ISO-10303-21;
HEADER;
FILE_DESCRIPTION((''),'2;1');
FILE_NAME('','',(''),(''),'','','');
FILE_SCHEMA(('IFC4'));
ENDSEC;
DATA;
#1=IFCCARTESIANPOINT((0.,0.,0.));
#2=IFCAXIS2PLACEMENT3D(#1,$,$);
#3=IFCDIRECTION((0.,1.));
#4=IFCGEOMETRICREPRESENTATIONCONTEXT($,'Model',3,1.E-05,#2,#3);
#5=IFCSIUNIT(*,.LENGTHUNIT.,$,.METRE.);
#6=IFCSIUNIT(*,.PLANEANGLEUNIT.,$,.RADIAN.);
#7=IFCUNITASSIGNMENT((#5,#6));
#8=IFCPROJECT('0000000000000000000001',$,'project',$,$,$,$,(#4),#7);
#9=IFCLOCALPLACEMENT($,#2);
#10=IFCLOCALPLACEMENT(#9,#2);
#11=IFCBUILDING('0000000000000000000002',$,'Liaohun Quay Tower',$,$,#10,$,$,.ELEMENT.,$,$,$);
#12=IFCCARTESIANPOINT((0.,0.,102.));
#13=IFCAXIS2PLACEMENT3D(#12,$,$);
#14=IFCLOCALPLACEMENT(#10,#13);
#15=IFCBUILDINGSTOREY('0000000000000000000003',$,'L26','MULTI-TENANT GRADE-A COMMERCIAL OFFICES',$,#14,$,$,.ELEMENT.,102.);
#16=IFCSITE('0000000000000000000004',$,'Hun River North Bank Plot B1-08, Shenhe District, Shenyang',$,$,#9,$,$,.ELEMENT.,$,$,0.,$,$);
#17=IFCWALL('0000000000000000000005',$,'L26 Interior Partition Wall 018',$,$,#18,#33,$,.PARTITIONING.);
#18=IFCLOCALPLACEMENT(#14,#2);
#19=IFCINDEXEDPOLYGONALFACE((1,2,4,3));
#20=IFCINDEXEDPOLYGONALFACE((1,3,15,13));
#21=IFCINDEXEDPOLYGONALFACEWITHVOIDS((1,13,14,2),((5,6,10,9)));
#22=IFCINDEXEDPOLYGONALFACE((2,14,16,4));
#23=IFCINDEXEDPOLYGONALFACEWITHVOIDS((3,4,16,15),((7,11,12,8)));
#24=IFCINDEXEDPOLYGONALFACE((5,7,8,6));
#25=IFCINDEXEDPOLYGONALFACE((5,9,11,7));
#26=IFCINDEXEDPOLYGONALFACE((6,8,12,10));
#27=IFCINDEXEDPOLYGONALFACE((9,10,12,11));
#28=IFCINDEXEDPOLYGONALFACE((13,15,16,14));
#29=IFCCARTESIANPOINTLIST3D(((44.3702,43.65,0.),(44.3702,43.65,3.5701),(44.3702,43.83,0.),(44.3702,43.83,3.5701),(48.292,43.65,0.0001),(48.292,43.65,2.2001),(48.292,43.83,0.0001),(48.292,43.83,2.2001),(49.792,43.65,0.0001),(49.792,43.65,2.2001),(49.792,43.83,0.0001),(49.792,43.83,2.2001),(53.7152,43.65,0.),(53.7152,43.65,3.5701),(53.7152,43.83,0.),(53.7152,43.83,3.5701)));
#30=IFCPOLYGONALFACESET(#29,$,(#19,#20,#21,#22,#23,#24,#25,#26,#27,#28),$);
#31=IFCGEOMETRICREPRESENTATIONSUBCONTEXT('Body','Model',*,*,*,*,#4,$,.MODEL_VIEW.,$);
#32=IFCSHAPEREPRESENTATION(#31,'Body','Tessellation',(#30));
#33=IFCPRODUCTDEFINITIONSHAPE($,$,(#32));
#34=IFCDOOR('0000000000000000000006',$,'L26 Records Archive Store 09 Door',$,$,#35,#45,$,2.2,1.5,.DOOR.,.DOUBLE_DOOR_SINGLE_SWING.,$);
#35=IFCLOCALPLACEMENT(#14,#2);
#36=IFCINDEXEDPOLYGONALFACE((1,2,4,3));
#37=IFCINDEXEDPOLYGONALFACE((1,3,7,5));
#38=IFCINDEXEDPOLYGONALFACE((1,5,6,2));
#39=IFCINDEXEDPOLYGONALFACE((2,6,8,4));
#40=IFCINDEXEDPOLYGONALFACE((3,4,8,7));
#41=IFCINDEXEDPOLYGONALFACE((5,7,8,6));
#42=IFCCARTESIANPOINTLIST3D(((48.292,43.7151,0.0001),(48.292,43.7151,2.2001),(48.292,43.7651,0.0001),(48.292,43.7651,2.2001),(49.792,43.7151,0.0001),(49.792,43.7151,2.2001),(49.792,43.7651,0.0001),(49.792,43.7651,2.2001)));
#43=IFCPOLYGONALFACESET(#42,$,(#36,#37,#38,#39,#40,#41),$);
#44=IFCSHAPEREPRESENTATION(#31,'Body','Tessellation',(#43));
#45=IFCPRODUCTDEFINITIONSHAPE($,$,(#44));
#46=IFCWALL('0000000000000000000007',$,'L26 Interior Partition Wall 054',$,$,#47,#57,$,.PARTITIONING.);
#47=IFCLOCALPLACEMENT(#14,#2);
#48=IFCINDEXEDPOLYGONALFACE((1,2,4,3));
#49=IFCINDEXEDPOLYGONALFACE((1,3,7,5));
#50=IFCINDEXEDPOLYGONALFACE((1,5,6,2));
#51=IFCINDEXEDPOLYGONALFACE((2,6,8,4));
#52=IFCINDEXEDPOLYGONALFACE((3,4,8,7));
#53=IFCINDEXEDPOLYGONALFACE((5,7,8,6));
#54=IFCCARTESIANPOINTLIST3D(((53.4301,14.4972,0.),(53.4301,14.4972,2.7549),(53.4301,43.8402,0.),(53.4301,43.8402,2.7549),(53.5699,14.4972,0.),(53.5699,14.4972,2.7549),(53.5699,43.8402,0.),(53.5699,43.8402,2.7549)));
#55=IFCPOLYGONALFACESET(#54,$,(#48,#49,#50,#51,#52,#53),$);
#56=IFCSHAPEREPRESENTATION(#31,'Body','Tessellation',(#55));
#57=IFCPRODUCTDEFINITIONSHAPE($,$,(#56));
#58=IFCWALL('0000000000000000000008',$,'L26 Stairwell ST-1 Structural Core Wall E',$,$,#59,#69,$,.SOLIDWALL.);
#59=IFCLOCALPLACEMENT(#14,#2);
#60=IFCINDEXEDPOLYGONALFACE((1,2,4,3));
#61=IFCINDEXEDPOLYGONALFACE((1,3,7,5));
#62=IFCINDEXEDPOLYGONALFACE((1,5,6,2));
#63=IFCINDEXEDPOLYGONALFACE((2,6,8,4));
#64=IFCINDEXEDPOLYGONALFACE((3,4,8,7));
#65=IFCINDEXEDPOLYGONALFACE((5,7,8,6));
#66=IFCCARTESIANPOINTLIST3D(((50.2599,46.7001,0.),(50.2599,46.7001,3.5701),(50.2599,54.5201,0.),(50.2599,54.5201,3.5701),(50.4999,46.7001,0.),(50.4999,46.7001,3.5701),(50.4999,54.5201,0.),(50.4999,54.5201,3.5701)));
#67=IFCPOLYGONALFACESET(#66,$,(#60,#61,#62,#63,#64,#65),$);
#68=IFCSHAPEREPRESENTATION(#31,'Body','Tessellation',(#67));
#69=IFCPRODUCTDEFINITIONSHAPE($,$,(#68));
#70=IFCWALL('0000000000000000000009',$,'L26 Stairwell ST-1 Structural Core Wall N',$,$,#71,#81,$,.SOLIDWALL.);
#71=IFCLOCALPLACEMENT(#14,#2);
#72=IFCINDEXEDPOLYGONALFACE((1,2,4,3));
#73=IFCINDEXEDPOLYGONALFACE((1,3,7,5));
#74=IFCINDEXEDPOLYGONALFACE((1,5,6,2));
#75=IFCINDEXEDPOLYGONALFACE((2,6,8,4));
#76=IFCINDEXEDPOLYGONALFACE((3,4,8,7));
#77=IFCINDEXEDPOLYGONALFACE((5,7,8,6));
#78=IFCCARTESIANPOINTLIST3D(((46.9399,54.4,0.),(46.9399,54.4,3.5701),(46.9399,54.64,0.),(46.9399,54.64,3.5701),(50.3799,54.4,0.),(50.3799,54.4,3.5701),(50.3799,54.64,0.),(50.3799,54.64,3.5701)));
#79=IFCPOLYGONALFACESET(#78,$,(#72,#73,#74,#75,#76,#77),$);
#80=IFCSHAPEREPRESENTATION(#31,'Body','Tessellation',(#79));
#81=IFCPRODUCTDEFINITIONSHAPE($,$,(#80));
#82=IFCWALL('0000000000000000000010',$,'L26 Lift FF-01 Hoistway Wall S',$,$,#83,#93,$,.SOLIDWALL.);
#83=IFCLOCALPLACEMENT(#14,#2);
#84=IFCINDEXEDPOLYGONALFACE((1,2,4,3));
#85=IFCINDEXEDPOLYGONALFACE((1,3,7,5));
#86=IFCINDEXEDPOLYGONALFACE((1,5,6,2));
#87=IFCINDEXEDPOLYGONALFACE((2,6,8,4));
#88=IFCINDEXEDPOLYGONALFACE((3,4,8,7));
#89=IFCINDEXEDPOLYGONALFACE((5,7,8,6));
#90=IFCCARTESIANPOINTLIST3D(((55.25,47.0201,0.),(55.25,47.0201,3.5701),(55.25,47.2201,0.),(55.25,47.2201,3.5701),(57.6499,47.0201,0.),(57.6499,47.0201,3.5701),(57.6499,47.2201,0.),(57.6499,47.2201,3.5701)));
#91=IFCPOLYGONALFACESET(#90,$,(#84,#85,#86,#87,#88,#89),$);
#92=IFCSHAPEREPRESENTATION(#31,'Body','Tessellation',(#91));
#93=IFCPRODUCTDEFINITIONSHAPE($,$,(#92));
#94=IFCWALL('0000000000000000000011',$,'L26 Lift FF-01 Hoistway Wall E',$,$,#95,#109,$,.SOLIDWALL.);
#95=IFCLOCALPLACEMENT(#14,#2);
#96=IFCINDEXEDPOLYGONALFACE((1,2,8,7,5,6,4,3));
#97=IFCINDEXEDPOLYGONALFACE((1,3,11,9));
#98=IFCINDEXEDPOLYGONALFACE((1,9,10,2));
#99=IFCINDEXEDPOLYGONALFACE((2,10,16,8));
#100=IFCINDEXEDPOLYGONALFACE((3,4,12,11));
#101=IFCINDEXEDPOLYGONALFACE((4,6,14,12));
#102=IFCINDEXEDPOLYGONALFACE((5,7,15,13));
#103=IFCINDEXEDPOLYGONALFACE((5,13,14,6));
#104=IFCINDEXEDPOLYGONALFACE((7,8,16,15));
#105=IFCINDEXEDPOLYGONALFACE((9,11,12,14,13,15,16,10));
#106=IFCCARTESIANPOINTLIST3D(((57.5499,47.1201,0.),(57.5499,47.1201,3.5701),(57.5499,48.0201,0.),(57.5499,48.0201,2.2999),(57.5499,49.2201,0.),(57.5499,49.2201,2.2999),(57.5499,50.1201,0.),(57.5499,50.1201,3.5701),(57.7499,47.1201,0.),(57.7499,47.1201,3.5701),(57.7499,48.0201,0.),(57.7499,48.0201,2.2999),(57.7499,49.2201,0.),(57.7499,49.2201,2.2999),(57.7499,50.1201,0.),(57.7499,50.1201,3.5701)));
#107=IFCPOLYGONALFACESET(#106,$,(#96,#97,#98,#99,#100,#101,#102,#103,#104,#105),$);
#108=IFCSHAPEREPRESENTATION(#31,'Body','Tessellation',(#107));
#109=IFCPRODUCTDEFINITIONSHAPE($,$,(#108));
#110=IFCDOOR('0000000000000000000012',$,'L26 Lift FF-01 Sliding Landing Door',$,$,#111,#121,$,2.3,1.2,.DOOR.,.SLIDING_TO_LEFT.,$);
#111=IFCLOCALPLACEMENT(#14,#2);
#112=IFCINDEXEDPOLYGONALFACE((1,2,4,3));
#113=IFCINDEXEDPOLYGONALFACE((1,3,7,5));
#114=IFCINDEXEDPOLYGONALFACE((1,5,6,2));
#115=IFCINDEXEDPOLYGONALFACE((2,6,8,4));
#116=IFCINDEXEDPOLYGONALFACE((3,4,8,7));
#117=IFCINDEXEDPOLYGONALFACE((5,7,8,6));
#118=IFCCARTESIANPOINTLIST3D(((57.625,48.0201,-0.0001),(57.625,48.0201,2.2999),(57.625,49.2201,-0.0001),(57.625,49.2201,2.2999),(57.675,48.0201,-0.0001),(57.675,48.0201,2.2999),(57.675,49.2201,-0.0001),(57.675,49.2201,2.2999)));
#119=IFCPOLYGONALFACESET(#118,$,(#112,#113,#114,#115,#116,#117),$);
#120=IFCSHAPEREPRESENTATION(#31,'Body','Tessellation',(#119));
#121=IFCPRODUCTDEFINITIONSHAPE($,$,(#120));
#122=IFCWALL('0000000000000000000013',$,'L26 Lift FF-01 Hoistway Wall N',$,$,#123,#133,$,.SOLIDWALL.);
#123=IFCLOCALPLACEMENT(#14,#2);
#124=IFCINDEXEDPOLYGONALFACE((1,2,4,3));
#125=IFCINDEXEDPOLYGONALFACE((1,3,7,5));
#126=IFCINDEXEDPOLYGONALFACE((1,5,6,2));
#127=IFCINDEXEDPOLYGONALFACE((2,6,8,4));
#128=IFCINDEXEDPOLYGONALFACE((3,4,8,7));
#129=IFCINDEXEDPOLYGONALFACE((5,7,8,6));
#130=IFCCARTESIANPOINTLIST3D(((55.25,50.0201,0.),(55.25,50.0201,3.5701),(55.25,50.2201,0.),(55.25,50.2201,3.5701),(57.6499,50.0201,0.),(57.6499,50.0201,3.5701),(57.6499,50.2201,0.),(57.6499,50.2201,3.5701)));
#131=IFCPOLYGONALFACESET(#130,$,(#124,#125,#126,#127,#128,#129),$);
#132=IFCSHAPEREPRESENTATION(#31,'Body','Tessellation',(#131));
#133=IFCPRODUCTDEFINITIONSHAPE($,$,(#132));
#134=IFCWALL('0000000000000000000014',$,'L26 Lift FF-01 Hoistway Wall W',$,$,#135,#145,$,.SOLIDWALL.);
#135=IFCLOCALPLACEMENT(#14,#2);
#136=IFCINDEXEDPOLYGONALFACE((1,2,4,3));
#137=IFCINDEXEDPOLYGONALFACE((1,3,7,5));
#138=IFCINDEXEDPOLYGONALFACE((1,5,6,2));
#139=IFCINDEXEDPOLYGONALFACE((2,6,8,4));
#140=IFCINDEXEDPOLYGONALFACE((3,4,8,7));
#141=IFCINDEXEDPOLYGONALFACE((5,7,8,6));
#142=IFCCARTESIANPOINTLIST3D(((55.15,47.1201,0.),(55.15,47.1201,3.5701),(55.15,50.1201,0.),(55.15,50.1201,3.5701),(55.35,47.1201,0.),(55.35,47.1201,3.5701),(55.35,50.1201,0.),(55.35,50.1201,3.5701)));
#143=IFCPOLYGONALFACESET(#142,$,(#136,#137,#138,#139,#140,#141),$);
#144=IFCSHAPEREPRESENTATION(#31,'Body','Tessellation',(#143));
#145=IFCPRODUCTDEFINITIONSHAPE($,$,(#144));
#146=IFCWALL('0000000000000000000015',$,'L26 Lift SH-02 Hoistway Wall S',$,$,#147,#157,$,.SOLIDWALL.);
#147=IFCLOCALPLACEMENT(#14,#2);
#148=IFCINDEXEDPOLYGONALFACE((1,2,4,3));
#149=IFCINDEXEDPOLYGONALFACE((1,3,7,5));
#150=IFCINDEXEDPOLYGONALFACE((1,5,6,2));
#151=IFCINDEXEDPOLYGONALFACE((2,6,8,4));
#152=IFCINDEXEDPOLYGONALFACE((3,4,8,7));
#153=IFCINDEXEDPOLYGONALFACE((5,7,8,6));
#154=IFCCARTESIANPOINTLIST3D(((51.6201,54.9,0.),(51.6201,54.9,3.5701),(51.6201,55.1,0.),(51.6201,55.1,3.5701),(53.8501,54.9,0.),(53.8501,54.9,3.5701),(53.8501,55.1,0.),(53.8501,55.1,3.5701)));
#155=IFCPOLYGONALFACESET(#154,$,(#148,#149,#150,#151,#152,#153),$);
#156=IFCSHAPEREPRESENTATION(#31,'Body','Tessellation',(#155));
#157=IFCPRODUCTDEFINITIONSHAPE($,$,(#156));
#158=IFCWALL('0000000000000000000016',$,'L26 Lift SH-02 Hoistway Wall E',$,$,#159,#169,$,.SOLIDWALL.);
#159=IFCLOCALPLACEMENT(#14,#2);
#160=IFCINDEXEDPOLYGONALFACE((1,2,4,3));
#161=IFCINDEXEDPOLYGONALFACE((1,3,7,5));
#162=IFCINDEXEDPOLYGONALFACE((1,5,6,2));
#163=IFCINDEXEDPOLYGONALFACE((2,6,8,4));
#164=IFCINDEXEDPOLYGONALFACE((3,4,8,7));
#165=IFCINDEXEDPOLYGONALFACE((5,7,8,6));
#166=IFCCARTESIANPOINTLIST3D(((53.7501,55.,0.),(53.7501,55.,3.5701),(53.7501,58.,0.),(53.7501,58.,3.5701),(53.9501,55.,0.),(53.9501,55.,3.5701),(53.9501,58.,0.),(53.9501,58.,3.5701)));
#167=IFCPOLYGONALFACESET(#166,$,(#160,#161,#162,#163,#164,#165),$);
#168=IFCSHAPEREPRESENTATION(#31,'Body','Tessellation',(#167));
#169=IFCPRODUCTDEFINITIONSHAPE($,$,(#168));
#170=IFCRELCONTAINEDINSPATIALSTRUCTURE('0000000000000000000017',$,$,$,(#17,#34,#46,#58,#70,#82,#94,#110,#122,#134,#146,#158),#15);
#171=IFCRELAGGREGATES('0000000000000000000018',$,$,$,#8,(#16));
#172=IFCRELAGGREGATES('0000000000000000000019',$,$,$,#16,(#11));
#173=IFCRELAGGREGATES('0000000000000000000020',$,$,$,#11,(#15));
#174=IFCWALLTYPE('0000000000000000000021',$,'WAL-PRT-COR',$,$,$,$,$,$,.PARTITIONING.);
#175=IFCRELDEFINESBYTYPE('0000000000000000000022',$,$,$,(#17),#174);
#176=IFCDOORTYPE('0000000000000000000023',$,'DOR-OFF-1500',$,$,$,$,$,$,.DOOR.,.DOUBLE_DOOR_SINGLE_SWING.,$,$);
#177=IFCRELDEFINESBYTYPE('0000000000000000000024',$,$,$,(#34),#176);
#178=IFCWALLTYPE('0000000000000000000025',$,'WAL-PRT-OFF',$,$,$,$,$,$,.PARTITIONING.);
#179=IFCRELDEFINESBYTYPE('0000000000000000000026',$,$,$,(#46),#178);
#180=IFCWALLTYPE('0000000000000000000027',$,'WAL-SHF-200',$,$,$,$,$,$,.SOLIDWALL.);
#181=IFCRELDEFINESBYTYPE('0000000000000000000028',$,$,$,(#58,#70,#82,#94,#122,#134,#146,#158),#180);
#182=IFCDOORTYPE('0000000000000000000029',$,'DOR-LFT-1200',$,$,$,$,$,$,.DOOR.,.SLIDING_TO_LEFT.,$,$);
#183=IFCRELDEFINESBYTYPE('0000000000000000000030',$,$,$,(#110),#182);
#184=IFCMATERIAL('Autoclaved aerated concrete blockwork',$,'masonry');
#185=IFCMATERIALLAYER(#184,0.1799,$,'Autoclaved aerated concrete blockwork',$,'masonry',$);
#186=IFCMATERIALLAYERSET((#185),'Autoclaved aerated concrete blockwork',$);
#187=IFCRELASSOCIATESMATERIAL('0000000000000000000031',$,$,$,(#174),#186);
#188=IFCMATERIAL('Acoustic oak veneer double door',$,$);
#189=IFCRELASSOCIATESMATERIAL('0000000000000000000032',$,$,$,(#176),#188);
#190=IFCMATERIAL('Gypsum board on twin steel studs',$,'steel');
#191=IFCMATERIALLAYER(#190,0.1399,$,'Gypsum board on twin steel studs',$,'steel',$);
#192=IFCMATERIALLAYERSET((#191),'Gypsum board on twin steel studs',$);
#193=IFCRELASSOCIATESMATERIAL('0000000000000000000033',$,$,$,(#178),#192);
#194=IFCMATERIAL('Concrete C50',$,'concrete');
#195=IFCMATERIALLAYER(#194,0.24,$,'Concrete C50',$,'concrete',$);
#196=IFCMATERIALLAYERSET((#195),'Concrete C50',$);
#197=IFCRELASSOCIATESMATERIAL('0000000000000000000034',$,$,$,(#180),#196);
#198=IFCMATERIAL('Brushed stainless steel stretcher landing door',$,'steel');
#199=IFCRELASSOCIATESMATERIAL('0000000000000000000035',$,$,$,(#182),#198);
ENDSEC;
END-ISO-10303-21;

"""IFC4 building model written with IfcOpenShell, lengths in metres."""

from ifc_helpers import new_model, si_unit, direction, frame, frame_2d, origin, place, context, subcontext, project, spatial, rectangle, extrude, source, transform, mapped, material, layer, layer_set, type_object, element, fill, save


model = new_model("IFC4")

# Units and contexts
model_context = context("Model", 3, precision=1e-05, world=origin(), true_north=direction((0.0, 1.0)))
body_context = subcontext(model_context, "Body", "Model", "MODEL_VIEW")
ifc_project = project(units=[si_unit("LENGTHUNIT", "METRE"), si_unit("PLANEANGLEUNIT", "RADIAN")], contexts=[model_context])

# Site, building, storey
site_placement = place(None, origin())
site = spatial("IfcSite", under=ifc_project, at=site_placement, Name="Hun River North Bank Plot B1-08, Shenhe District, Shenyang", CompositionType="ELEMENT", RefElevation=0.0)
building_placement = place(site_placement, origin())
building = spatial("IfcBuilding", under=site, at=building_placement, Name="Liaohun Quay Tower", CompositionType="ELEMENT")
storey_placement = place(building_placement, frame((0.0, 0.0, 102.0)))
storey = spatial("IfcBuildingStorey", under=building, at=storey_placement, Name="L26", Description="MULTI-TENANT GRADE-A COMMERCIAL OFFICES", CompositionType="ELEMENT", Elevation=102.0)

# Shared definitions
ifc_material_1 = material(Name="Concrete C50", Category="concrete")

# Wall, opening, door
ifc_material_2 = material(Name="Autoclaved aerated concrete blockwork", Category="masonry")
ifc_layer_1 = layer(ifc_material_2, 0.1799, Name="Autoclaved aerated concrete blockwork", Category="masonry")
ifc_layer_set_1 = layer_set([ifc_layer_1], Name="Autoclaved aerated concrete blockwork")
wall_type_1 = type_object("IfcWallType", Name="WAL-PRT-COR", PredefinedType="PARTITIONING", material=ifc_layer_set_1)
wall_1_placement = place(storey_placement, frame((53.7151, 43.74, 0.0), z_axis=(0.0, 0.0, 1.0), x_axis=(-1.0, 0.0, 0.0)))
wall_1 = element("IfcWall", 1, at=wall_1_placement, inside=storey, type_object=wall_type_1, Name="L26 Interior Partition Wall 018", PredefinedType="PARTITIONING", context=body_context, shape_type="SweptSolid", body=[
    extrude(rectangle(XDim=9.345, YDim=0.1799, at=frame_2d((4.6724, 0.0))), origin(), (0.0, 0.0, 1.0), 3.5701),
])
shared_shape_1 = source(origin(), body_context, "Body", "SweptSolid", [
    extrude(rectangle(XDim=1.5, YDim=2.2, at=frame_2d((0.75, 1.1001))), frame((0.0, 0.0999, 0.0), z_axis=(0.0, -1.0, 0.0), x_axis=(1.0, 0.0, 0.0)), (0.0, 0.0, 1.0), 0.2),
])
opening_1_placement = place(wall_1_placement, frame((3.9231, 0.0, 0.0)))
opening_1 = element("IfcOpeningElement", 2, at=opening_1_placement, cuts=wall_1, PredefinedType="OPENING", context=body_context, shape_type="MappedRepresentation", body=[
    mapped(shared_shape_1, transform((0.0, 0.0, 0.0), x_axis=(1.0, 0.0, 0.0), y_axis=(0.0, 1.0, 0.0), z_axis=(0.0, 0.0, 1.0), scale=1.0)),
])
ifc_material_3 = material(Name="Acoustic oak veneer double door")
door_type_1 = type_object("IfcDoorType", Name="DOR-OFF-1500", OperationType="DOUBLE_DOOR_SINGLE_SWING", PredefinedType="DOOR", material=ifc_material_3)
shared_shape_2 = source(origin(), body_context, "Body", "SweptSolid", [
    extrude(rectangle(XDim=1.5, YDim=2.2, at=frame_2d((0.75, 1.1001))), frame((0.0, 0.0249, 0.0), z_axis=(0.0, -1.0, 0.0), x_axis=(1.0, 0.0, 0.0)), (0.0, 0.0, 1.0), 0.05),
])
door_1_placement = place(opening_1_placement, origin())
door_1 = element("IfcDoor", 3, at=door_1_placement, inside=storey, type_object=door_type_1, Name="L26 Records Archive Store 09 Door", OperationType="DOUBLE_DOOR_SINGLE_SWING", OverallHeight=2.2, OverallWidth=1.5, PredefinedType="DOOR", context=body_context, shape_type="MappedRepresentation", body=[
    mapped(shared_shape_2, transform((0.0, 0.0, 0.0), x_axis=(1.0, 0.0, 0.0), y_axis=(0.0, 1.0, 0.0), z_axis=(0.0, 0.0, 1.0), scale=1.0)),
])
fill(opening_1, door_1)

# Walls
ifc_material_4 = material(Name="Gypsum board on twin steel studs", Category="steel")
ifc_layer_2 = layer(ifc_material_4, 0.1399, Name="Gypsum board on twin steel studs", Category="steel")
ifc_layer_set_2 = layer_set([ifc_layer_2], Name="Gypsum board on twin steel studs")
wall_type_2 = type_object("IfcWallType", Name="WAL-PRT-OFF", PredefinedType="PARTITIONING", material=ifc_layer_set_2)
wall_2_placement = place(storey_placement, frame((53.5, 43.8401, 0.0), z_axis=(0.0, 0.0, 1.0), x_axis=(0.0, -1.0, 0.0)))
element("IfcWall", 4, at=wall_2_placement, inside=storey, type_object=wall_type_2, Name="L26 Interior Partition Wall 054", PredefinedType="PARTITIONING", context=body_context, shape_type="SweptSolid", body=[
    extrude(rectangle(XDim=29.343, YDim=0.1399, at=frame_2d((14.6714, 0.0))), origin(), (0.0, 0.0, 1.0), 2.7549),
])
ifc_layer_3 = layer(ifc_material_1, 0.24, Name="Concrete C50", Category="concrete")
ifc_layer_set_3 = layer_set([ifc_layer_3], Name="Concrete C50")
wall_type_3 = type_object("IfcWallType", Name="WAL-SHF-200", PredefinedType="SOLIDWALL", material=ifc_layer_set_3)
wall_3_placement = place(storey_placement, frame((50.3799, 46.7, 0.0), z_axis=(0.0, 0.0, 1.0), x_axis=(0.0, 1.0, 0.0)))
element("IfcWall", 5, at=wall_3_placement, inside=storey, type_object=wall_type_3, Name="L26 Stairwell ST-1 Structural Core Wall E", PredefinedType="SOLIDWALL", context=body_context, shape_type="SweptSolid", body=[
    extrude(rectangle(XDim=7.8201, YDim=0.24, at=frame_2d((3.9102, 0.0))), origin(), (0.0, 0.0, 1.0), 3.5701),
])
wall_4_placement = place(storey_placement, frame((50.3799, 54.52, 0.0), z_axis=(0.0, 0.0, 1.0), x_axis=(-1.0, 0.0, 0.0)))
element("IfcWall", 6, at=wall_4_placement, inside=storey, type_object=wall_type_3, Name="L26 Stairwell ST-1 Structural Core Wall N", PredefinedType="SOLIDWALL", context=body_context, shape_type="SweptSolid", body=[
    extrude(rectangle(XDim=3.4399, YDim=0.24, at=frame_2d((1.72, 0.0))), origin(), (0.0, 0.0, 1.0), 3.5701),
])
wall_5_placement = place(storey_placement, frame((55.25, 47.1201, 0.0), z_axis=(0.0, 0.0, 1.0), x_axis=(1.0, 0.0, 0.0)))
element("IfcWall", 7, at=wall_5_placement, inside=storey, type_object=wall_type_3, Name="L26 Lift FF-01 Hoistway Wall S", PredefinedType="SOLIDWALL", context=body_context, shape_type="SweptSolid", body=[
    extrude(rectangle(XDim=2.3999, YDim=0.2, at=frame_2d((1.2, 0.0))), origin(), (0.0, 0.0, 1.0), 3.5701),
])

# Wall, opening, door
wall_6_placement = place(storey_placement, frame((57.6499, 47.1201, 0.0), z_axis=(0.0, 0.0, 1.0), x_axis=(0.0, 1.0, 0.0)))
wall_6 = element("IfcWall", 8, at=wall_6_placement, inside=storey, type_object=wall_type_3, Name="L26 Lift FF-01 Hoistway Wall E", PredefinedType="SOLIDWALL", context=body_context, shape_type="SweptSolid", body=[
    extrude(rectangle(XDim=3.0, YDim=0.2, at=frame_2d((1.5, 0.0))), origin(), (0.0, 0.0, 1.0), 3.5701),
])
shared_shape_3 = source(origin(), body_context, "Body", "SweptSolid", [
    extrude(rectangle(XDim=1.2, YDim=2.3, at=frame_2d((0.6001, 1.1499))), frame((0.0, 0.1099, 0.0), z_axis=(0.0, -1.0, 0.0), x_axis=(1.0, 0.0, 0.0)), (0.0, 0.0, 1.0), 0.22),
])
opening_2_placement = place(wall_6_placement, frame((0.8999, 0.0, 0.0)))
opening_2 = element("IfcOpeningElement", 9, at=opening_2_placement, cuts=wall_6, PredefinedType="OPENING", context=body_context, shape_type="MappedRepresentation", body=[
    mapped(shared_shape_3, transform((0.0, 0.0, 0.0), x_axis=(1.0, 0.0, 0.0), y_axis=(0.0, 1.0, 0.0), z_axis=(0.0, 0.0, 1.0), scale=1.0)),
])
ifc_material_5 = material(Name="Brushed stainless steel stretcher landing door", Category="steel")
door_type_2 = type_object("IfcDoorType", Name="DOR-LFT-1200", OperationType="SLIDING_TO_LEFT", PredefinedType="DOOR", material=ifc_material_5)
shared_shape_4 = source(origin(), body_context, "Body", "SweptSolid", [
    extrude(rectangle(XDim=1.2, YDim=2.3, at=frame_2d((0.6001, 1.1499))), frame((0.0, 0.0249, 0.0), z_axis=(0.0, -1.0, 0.0), x_axis=(1.0, 0.0, 0.0)), (0.0, 0.0, 1.0), 0.05),
])
door_2_placement = place(opening_2_placement, origin())
door_2 = element("IfcDoor", 10, at=door_2_placement, inside=storey, type_object=door_type_2, Name="L26 Lift FF-01 Sliding Landing Door", OperationType="SLIDING_TO_LEFT", OverallHeight=2.3, OverallWidth=1.2, PredefinedType="DOOR", context=body_context, shape_type="MappedRepresentation", body=[
    mapped(shared_shape_4, transform((0.0, 0.0, 0.0), x_axis=(1.0, 0.0, 0.0), y_axis=(0.0, 1.0, 0.0), z_axis=(0.0, 0.0, 1.0), scale=1.0)),
])
fill(opening_2, door_2)

# Walls
wall_7_placement = place(storey_placement, frame((57.6499, 50.1201, 0.0), z_axis=(0.0, 0.0, 1.0), x_axis=(-1.0, 0.0, 0.0)))
element("IfcWall", 11, at=wall_7_placement, inside=storey, type_object=wall_type_3, Name="L26 Lift FF-01 Hoistway Wall N", PredefinedType="SOLIDWALL", context=body_context, shape_type="SweptSolid", body=[
    extrude(rectangle(XDim=2.3999, YDim=0.2, at=frame_2d((1.2, 0.0))), origin(), (0.0, 0.0, 1.0), 3.5701),
])
wall_8_placement = place(storey_placement, frame((55.25, 50.1201, 0.0), z_axis=(0.0, 0.0, 1.0), x_axis=(0.0, -1.0, 0.0)))
element("IfcWall", 12, at=wall_8_placement, inside=storey, type_object=wall_type_3, Name="L26 Lift FF-01 Hoistway Wall W", PredefinedType="SOLIDWALL", context=body_context, shape_type="SweptSolid", body=[
    extrude(rectangle(XDim=3.0, YDim=0.2, at=frame_2d((1.5, 0.0))), origin(), (0.0, 0.0, 1.0), 3.5701),
])
wall_9_placement = place(storey_placement, frame((51.6201, 55.0, 0.0), z_axis=(0.0, 0.0, 1.0), x_axis=(1.0, 0.0, 0.0)))
element("IfcWall", 13, at=wall_9_placement, inside=storey, type_object=wall_type_3, Name="L26 Lift SH-02 Hoistway Wall S", PredefinedType="SOLIDWALL", context=body_context, shape_type="SweptSolid", body=[
    extrude(rectangle(XDim=2.23, YDim=0.2, at=frame_2d((1.115, 0.0))), origin(), (0.0, 0.0, 1.0), 3.5701),
])
wall_10_placement = place(storey_placement, frame((53.8501, 55.0, 0.0), z_axis=(0.0, 0.0, 1.0), x_axis=(0.0, 1.0, 0.0)))
element("IfcWall", 14, at=wall_10_placement, inside=storey, type_object=wall_type_3, Name="L26 Lift SH-02 Hoistway Wall E", PredefinedType="SOLIDWALL", context=body_context, shape_type="SweptSolid", body=[
    extrude(rectangle(XDim=3.0, YDim=0.2, at=frame_2d((1.5, 0.0))), origin(), (0.0, 0.0, 1.0), 3.5701),
])

save(model, "model.ifc")
